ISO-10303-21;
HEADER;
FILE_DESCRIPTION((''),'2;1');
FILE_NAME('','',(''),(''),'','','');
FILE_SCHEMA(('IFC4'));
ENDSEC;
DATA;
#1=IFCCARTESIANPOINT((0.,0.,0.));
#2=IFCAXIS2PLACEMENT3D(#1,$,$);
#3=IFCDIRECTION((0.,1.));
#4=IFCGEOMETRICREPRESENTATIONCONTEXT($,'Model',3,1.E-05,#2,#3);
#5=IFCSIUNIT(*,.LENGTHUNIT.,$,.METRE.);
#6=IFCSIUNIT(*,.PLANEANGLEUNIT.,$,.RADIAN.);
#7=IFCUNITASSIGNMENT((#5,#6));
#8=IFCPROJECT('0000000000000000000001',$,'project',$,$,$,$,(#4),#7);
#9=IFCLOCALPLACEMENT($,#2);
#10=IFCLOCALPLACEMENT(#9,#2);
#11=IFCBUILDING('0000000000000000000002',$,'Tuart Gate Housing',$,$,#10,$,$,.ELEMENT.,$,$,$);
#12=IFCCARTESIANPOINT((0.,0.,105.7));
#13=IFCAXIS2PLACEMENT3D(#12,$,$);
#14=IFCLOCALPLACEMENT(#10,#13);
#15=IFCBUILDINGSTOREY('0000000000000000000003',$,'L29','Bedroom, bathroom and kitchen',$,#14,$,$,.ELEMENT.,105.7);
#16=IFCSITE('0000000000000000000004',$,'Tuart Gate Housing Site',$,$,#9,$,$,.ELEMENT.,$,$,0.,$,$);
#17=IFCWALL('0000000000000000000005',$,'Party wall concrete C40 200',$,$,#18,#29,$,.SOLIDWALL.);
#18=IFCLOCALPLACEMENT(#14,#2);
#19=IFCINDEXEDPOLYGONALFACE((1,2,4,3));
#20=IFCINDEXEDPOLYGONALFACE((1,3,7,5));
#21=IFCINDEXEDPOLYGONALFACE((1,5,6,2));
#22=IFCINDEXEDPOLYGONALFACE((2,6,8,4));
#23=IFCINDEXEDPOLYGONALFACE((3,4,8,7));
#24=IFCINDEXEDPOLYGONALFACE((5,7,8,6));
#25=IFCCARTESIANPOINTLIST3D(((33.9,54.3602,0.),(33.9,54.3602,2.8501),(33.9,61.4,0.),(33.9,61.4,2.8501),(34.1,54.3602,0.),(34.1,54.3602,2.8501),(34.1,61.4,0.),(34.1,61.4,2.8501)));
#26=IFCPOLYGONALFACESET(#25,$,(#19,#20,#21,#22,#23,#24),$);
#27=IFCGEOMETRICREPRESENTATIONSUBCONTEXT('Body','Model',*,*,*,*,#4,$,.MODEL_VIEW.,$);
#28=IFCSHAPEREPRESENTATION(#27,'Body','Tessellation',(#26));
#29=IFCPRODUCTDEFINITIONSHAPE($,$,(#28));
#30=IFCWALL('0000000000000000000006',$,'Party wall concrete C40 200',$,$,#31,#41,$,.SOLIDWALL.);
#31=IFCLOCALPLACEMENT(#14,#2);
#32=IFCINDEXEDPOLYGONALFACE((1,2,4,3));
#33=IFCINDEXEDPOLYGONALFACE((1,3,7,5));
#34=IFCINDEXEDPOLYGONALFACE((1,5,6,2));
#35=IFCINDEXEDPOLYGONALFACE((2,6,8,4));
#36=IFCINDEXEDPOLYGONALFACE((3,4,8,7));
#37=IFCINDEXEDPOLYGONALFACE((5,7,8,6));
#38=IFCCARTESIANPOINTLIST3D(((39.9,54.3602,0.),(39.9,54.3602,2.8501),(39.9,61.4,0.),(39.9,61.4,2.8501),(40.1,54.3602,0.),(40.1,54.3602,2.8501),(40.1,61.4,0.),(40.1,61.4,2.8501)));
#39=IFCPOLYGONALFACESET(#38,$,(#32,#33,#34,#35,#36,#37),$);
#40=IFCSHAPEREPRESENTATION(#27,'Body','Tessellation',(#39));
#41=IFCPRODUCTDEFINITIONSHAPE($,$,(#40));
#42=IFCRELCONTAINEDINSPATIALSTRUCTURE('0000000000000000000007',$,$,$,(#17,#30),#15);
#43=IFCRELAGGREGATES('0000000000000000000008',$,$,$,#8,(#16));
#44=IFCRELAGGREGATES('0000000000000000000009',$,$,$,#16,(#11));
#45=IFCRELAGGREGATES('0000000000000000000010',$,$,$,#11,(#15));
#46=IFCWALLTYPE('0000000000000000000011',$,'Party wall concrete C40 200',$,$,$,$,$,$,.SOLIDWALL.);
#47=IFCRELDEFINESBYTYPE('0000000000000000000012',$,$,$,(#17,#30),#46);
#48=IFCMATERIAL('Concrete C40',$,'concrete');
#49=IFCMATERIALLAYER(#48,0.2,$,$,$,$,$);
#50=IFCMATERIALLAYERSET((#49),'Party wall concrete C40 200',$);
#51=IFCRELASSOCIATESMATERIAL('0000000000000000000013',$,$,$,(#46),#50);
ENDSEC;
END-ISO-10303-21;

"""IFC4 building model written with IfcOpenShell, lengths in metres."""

from ifc_helpers import new_model, si_unit, direction, frame, frame_2d, origin, place, context, subcontext, project, spatial, rectangle, extrude, material, layer, layer_set, type_object, element, save


model = new_model("IFC4")

# Units and contexts
model_context = context("Model", 3, precision=1e-05, world=origin(), true_north=direction((0.0, 1.0)))
body_context = subcontext(model_context, "Body", "Model", "MODEL_VIEW")
ifc_project = project(units=[si_unit("LENGTHUNIT", "METRE"), si_unit("PLANEANGLEUNIT", "RADIAN")], contexts=[model_context])

# Site, building, storey
site_placement = place(None, origin())
site = spatial("IfcSite", under=ifc_project, at=site_placement, Name="Tuart Gate Housing Site", CompositionType="ELEMENT", RefElevation=0.0)
building_placement = place(site_placement, origin())
building = spatial("IfcBuilding", under=site, at=building_placement, Name="Tuart Gate Housing", CompositionType="ELEMENT")
storey_placement = place(building_placement, frame((0.0, 0.0, 105.7)))
storey = spatial("IfcBuildingStorey", under=building, at=storey_placement, Name="L29", Description="Bedroom, bathroom and kitchen", CompositionType="ELEMENT", Elevation=105.7)

# Walls
ifc_material = material(Name="Concrete C40", Category="concrete")
ifc_layer = layer(ifc_material, 0.2)
ifc_layer_set = layer_set([ifc_layer], Name="Party wall concrete C40 200")
wall_type = type_object("IfcWallType", Name="Party wall concrete C40 200", PredefinedType="SOLIDWALL", material=ifc_layer_set)
for number, where, z_axis, x_axis, name in (
    (1, (34.0, 54.3601, 0.0), (0.0, 0.0, 1.0), (0.0, 1.0, 0.0), "Party wall concrete C40 200"),
    (2, (40.0, 54.3601, 0.0), (0.0, 0.0, 1.0), (0.0, 1.0, 0.0), "Party wall concrete C40 200"),
):
    element("IfcWall", number, at=place(storey_placement, frame(where, z_axis=z_axis, x_axis=x_axis)), inside=storey, type_object=wall_type, Name=name, PredefinedType="SOLIDWALL", context=body_context, shape_type="SweptSolid", body=[
        extrude(rectangle(XDim=7.0398, YDim=0.2, at=frame_2d((3.52, 0.0))), origin(), (0.0, 0.0, 1.0), 2.8501),
    ])

save(model, "model.ifc")
